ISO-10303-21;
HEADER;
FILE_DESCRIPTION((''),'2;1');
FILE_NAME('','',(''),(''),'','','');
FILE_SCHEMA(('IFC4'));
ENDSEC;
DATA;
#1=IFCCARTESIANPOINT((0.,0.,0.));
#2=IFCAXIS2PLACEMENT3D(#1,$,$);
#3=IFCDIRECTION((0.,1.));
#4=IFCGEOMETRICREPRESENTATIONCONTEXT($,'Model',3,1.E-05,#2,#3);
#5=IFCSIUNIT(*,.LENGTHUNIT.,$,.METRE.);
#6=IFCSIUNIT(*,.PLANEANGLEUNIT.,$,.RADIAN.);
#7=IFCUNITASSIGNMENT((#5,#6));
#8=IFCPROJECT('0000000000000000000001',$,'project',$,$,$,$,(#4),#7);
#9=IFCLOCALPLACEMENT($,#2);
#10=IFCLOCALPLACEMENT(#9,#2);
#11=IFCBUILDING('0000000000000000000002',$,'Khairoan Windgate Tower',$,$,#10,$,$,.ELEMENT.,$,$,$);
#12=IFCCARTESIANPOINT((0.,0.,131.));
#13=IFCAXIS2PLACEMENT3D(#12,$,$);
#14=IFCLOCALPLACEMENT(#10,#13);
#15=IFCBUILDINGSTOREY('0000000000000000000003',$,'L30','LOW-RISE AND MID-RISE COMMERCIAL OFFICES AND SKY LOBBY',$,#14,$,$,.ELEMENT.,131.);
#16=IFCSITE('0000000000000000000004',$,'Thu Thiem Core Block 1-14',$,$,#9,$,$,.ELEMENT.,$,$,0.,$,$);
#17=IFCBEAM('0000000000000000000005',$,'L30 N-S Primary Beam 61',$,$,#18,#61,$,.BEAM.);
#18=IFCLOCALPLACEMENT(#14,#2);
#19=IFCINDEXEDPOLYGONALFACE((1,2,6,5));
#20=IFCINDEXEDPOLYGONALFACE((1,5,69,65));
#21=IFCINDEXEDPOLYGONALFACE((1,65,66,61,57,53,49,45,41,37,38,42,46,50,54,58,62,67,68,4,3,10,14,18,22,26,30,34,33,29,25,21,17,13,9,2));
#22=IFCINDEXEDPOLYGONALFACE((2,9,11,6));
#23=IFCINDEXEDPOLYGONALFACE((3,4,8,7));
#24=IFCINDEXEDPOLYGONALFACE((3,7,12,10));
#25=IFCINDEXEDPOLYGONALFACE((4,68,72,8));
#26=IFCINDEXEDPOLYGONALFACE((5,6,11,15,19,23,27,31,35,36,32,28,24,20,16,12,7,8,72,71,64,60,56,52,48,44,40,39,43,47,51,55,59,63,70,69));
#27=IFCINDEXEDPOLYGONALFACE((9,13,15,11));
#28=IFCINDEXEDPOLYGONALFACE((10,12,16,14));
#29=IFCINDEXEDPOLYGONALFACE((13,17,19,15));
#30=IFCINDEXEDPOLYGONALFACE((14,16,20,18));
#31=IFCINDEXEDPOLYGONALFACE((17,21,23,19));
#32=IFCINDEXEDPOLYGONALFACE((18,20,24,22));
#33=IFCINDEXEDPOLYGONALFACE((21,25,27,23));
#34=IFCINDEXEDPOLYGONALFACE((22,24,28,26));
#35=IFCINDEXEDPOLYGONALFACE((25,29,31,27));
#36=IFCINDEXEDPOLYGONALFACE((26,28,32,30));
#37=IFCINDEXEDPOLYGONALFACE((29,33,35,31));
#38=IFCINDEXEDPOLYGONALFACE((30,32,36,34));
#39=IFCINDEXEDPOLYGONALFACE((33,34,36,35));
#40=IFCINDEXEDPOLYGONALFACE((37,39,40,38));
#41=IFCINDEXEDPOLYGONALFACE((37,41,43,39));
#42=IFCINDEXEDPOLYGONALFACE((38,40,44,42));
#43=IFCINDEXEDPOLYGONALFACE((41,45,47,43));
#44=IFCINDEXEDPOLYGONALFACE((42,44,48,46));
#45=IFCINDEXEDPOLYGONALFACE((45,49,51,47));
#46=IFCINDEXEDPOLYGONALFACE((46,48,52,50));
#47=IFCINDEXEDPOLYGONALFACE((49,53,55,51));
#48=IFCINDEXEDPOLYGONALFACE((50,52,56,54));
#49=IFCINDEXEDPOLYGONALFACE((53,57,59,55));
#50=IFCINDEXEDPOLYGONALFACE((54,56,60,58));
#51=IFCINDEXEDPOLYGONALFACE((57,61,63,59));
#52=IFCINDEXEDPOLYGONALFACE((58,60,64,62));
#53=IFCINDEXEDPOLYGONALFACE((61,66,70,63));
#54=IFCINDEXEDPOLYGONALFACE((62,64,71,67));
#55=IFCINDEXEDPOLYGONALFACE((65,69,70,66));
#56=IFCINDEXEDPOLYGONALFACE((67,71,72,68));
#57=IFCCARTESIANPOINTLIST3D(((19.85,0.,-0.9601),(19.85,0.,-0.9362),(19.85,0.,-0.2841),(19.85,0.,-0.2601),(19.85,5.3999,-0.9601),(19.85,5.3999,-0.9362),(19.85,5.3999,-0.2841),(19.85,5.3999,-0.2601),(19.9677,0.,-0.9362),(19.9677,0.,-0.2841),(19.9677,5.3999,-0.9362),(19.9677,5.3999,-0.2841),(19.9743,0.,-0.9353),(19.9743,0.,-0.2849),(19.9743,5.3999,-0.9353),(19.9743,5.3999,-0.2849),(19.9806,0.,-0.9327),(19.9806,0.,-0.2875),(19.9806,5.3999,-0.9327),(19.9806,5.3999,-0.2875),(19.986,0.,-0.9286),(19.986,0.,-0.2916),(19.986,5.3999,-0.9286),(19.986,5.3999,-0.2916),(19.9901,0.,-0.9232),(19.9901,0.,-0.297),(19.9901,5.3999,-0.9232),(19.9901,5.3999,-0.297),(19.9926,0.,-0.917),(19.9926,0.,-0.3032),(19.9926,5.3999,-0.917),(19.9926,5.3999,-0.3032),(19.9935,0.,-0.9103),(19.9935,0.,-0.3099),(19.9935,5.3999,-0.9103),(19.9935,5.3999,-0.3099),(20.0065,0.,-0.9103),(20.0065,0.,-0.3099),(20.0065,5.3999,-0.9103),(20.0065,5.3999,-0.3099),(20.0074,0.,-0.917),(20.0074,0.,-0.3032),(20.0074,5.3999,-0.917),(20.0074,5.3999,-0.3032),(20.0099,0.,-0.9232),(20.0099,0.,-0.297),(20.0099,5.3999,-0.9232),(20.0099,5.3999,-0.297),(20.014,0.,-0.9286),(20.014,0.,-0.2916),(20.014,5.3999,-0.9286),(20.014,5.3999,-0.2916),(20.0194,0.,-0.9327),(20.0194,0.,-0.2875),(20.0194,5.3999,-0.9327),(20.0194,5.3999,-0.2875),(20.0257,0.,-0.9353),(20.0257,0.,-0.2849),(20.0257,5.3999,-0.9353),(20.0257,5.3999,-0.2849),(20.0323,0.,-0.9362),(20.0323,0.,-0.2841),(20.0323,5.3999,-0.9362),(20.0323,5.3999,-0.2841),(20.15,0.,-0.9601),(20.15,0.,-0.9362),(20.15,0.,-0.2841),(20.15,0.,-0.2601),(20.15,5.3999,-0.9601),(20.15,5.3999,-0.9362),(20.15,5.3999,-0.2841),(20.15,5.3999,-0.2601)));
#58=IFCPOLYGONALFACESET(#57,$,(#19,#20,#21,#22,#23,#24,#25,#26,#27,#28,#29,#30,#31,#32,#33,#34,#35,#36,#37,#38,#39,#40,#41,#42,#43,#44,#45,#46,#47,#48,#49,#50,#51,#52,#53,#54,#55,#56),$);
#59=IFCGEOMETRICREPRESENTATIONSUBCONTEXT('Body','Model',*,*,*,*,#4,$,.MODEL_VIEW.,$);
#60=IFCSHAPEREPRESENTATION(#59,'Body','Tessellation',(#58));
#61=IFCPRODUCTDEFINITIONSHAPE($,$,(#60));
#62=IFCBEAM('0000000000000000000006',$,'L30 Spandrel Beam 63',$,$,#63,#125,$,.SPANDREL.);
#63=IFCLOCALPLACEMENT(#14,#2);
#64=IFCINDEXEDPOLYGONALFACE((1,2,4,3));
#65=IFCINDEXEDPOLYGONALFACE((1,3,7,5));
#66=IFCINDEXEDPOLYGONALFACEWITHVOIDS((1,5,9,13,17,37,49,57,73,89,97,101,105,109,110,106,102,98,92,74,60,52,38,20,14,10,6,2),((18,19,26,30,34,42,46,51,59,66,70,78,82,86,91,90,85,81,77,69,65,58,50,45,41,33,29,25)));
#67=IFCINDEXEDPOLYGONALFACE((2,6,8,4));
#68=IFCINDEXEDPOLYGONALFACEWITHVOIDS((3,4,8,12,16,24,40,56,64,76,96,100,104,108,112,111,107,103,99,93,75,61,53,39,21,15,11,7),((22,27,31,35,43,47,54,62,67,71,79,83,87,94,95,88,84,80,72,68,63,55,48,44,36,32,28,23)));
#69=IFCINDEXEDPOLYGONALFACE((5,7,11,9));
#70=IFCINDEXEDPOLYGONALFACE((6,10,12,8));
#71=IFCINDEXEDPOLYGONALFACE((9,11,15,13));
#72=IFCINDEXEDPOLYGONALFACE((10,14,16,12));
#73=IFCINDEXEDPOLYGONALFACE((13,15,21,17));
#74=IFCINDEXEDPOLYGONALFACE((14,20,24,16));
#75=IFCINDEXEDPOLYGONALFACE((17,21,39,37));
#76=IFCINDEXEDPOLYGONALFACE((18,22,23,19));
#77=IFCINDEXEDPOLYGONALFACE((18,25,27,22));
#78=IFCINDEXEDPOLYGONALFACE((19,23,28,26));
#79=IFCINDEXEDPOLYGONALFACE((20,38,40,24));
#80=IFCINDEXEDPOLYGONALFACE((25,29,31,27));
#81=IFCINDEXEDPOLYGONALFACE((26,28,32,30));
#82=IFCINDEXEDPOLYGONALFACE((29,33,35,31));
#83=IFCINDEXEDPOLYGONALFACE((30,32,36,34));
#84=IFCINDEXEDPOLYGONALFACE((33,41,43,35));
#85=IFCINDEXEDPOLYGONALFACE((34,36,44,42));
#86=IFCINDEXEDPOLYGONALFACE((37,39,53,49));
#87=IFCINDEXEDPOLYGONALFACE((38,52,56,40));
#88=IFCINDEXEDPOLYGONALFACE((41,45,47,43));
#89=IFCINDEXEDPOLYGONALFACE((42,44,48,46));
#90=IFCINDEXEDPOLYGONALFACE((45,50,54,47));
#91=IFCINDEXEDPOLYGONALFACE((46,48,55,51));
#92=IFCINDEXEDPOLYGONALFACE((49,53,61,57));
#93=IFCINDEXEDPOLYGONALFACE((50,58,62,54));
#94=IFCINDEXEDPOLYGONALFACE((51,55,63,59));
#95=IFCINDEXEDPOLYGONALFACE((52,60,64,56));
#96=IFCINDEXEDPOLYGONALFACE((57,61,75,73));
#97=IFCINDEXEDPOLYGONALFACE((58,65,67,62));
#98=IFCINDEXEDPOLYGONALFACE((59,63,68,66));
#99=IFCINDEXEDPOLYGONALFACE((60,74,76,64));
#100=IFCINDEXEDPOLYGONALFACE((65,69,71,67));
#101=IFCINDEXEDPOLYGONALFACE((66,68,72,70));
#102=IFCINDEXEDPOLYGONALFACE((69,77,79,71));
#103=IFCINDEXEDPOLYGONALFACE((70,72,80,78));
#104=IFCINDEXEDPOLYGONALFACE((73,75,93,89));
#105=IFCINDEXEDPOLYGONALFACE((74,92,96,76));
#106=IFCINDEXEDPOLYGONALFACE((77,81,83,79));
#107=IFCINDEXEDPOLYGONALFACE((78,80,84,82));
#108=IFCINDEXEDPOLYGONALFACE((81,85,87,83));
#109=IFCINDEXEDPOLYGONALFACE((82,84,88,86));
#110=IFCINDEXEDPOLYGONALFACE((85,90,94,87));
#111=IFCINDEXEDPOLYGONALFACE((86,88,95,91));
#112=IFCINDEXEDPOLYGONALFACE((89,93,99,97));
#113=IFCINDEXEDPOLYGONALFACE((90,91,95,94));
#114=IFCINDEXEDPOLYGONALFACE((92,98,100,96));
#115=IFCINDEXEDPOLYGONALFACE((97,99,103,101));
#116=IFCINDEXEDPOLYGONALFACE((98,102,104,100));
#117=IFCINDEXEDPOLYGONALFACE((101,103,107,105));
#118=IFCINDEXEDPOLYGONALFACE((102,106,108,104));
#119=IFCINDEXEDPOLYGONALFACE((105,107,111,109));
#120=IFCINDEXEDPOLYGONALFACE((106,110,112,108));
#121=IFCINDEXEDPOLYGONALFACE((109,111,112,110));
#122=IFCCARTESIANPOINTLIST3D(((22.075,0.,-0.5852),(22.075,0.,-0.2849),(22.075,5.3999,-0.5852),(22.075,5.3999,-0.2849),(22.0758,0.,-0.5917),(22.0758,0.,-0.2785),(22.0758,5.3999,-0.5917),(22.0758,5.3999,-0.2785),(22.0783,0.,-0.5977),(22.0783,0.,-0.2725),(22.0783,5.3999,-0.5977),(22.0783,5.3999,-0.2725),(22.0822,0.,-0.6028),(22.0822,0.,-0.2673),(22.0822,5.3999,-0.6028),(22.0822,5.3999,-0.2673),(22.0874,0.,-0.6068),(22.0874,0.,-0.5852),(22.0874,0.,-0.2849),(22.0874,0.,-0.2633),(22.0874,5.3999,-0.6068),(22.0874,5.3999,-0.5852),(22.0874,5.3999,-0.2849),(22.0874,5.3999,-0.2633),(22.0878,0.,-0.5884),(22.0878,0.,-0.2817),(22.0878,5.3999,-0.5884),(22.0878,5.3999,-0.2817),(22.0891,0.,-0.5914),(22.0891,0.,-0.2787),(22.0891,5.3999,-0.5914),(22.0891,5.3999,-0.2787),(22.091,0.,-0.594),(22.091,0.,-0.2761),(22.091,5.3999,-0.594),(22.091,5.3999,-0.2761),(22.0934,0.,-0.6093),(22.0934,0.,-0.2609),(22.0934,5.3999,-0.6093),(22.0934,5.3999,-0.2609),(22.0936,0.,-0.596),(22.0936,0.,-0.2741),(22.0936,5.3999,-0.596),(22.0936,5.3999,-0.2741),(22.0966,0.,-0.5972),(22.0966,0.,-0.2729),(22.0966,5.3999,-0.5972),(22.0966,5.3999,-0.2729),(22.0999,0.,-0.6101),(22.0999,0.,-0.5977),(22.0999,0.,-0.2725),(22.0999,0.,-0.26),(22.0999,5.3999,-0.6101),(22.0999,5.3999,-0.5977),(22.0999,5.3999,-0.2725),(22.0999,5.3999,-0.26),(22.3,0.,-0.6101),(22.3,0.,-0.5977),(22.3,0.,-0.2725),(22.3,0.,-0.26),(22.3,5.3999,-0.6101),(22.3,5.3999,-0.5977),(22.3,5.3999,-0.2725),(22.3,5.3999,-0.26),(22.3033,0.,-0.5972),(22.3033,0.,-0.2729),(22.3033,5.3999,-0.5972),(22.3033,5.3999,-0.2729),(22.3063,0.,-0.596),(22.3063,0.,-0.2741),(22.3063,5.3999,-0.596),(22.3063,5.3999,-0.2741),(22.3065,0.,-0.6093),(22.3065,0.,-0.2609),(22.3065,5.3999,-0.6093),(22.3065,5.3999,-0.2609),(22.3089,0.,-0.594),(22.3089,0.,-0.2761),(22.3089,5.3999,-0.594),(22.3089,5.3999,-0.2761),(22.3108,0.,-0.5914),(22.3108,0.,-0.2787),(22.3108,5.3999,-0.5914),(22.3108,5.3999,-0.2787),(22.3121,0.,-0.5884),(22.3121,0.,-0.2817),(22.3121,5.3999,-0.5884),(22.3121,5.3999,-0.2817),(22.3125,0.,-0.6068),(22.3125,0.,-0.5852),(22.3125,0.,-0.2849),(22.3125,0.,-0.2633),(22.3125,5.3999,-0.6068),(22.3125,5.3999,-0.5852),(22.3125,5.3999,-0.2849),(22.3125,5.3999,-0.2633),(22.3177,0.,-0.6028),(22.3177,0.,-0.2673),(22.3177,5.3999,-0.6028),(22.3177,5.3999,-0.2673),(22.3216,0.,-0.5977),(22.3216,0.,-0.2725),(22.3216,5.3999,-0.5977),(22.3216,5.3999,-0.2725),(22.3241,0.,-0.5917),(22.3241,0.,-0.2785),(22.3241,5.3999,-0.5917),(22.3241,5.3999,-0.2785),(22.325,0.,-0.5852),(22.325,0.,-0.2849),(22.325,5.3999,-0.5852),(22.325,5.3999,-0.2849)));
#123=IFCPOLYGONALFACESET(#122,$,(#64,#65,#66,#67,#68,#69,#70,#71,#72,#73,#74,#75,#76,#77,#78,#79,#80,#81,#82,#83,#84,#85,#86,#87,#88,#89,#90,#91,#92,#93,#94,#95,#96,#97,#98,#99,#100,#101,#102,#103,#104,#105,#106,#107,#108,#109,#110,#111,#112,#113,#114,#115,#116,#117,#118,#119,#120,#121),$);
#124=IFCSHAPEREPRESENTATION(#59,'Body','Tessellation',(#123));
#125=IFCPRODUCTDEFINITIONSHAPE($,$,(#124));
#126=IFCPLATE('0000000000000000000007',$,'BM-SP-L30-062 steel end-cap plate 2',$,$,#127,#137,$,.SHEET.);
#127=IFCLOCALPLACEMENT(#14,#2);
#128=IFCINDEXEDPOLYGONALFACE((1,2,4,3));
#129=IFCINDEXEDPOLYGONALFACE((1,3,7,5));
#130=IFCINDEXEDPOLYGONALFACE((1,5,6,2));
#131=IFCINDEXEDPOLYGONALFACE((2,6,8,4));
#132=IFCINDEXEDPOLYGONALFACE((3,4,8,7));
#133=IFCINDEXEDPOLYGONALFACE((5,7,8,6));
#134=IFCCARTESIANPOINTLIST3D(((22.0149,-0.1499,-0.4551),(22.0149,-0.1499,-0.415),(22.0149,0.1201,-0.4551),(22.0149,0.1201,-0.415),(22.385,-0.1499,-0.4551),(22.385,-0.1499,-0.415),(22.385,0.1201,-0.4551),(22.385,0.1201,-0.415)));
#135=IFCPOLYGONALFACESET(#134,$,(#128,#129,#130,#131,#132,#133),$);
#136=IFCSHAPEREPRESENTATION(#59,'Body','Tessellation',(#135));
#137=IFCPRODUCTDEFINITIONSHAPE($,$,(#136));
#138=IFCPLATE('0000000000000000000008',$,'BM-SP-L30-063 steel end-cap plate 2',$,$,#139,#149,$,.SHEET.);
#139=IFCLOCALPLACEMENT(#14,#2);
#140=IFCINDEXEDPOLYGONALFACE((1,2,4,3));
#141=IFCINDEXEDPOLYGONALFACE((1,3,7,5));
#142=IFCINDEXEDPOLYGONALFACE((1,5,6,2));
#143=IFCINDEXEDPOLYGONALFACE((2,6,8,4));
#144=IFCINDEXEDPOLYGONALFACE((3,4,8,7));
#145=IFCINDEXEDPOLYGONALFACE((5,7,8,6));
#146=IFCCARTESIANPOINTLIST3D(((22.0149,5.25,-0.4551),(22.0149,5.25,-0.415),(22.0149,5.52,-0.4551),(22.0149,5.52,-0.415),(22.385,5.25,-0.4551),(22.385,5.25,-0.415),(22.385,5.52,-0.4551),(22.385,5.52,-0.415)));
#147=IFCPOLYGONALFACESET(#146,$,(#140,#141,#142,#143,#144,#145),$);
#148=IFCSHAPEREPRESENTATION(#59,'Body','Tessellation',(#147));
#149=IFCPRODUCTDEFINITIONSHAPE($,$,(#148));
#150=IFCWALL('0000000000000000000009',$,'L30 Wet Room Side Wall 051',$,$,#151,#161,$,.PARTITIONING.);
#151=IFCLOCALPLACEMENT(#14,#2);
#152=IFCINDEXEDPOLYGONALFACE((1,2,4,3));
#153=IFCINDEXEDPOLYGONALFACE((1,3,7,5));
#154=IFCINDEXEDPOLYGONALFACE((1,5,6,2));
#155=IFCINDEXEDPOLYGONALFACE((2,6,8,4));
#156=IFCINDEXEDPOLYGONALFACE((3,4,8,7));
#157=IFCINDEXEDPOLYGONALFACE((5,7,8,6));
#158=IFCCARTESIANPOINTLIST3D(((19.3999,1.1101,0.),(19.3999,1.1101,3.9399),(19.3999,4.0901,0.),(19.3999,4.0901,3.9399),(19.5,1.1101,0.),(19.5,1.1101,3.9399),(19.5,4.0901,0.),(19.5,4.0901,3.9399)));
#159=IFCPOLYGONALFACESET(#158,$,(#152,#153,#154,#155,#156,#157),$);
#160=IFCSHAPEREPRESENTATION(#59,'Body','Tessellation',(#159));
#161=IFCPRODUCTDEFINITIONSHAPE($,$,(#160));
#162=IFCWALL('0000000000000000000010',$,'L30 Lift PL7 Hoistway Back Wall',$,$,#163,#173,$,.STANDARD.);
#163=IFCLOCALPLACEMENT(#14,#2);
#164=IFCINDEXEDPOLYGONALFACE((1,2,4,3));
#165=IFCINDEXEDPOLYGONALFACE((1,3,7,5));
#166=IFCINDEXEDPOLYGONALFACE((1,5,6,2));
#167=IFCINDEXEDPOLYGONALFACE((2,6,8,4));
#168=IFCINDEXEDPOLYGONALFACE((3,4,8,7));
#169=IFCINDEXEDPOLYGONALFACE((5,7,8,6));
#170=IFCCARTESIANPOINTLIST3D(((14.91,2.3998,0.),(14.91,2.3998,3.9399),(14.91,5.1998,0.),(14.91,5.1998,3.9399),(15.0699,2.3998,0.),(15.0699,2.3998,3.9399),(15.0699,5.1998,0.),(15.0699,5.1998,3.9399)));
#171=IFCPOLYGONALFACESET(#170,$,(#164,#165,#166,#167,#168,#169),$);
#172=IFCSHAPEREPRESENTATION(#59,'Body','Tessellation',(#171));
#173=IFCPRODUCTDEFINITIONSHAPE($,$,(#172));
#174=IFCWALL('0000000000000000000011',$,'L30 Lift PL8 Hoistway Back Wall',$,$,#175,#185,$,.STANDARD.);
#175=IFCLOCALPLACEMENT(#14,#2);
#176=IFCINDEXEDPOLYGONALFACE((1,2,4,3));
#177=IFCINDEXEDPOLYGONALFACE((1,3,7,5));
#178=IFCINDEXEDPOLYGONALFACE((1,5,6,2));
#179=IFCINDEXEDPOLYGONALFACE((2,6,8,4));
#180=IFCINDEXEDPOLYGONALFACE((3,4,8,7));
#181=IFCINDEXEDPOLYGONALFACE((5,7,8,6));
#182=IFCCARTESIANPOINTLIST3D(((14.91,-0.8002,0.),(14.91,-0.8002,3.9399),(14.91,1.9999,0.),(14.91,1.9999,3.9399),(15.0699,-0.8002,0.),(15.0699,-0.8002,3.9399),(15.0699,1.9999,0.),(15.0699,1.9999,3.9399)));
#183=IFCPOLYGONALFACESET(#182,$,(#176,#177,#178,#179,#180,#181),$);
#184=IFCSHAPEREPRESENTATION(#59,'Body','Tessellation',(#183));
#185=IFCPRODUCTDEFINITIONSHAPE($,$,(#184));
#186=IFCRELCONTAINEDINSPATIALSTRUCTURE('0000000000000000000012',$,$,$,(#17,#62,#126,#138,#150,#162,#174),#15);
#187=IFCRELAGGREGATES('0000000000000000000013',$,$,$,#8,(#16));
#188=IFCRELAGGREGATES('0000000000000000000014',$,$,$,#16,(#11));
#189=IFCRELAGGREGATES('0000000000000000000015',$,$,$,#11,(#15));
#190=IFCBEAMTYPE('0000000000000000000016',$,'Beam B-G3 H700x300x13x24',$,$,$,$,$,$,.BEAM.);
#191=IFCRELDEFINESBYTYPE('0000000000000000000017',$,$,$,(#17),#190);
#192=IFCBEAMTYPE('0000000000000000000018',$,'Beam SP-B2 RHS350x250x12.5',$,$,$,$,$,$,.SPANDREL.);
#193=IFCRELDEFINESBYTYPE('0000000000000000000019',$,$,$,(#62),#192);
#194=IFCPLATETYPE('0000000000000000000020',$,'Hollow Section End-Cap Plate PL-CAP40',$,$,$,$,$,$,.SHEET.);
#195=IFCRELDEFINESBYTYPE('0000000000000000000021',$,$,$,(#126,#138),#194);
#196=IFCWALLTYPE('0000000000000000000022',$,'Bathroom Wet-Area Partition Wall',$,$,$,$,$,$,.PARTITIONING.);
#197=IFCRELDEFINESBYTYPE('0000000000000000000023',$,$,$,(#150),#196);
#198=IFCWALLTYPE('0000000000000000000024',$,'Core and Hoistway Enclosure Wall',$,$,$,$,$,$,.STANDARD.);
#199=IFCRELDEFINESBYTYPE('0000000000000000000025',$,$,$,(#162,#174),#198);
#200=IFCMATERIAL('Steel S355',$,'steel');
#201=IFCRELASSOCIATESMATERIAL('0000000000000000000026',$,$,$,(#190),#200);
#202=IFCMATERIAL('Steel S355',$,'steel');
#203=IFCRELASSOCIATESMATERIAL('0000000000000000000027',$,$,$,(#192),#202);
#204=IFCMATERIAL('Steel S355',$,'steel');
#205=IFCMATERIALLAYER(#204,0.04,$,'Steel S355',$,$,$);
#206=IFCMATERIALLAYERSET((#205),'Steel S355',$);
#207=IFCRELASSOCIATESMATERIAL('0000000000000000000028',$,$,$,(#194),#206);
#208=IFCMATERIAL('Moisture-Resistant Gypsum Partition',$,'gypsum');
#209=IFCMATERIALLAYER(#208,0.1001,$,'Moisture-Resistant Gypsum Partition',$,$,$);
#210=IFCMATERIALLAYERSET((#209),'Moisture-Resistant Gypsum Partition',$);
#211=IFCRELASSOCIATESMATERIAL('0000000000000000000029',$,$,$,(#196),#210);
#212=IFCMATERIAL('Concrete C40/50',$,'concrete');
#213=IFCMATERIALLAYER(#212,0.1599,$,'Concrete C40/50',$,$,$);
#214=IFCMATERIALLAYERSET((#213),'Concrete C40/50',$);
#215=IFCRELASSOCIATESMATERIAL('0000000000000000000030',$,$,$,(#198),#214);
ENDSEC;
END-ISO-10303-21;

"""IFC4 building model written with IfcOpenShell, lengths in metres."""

from ifc_helpers import new_model, si_unit, direction, frame, frame_2d, origin, origin_2d, place, context, subcontext, project, spatial, rectangle, hollow_rectangle, i_section, extrude, material, layer, layer_set, material_profile, profile_set, type_object, element, save


model = new_model("IFC4")

# Units and contexts
model_context = context("Model", 3, precision=1e-05, world=origin(), true_north=direction((0.0, 1.0)))
body_context = subcontext(model_context, "Body", "Model", "MODEL_VIEW")
ifc_project = project(units=[si_unit("LENGTHUNIT", "METRE"), si_unit("PLANEANGLEUNIT", "RADIAN")], contexts=[model_context])

# Site, building, storey
site_placement = place(None, origin())
site = spatial("IfcSite", under=ifc_project, at=site_placement, Name="Thu Thiem Core Block 1-14", CompositionType="ELEMENT", RefElevation=0.0)
building_placement = place(site_placement, origin())
building = spatial("IfcBuilding", under=site, at=building_placement, Name="Khairoan Windgate Tower", CompositionType="ELEMENT")
storey_placement = place(building_placement, frame((0.0, 0.0, 131.0)))
storey = spatial("IfcBuildingStorey", under=building, at=storey_placement, Name="L30", Description="LOW-RISE AND MID-RISE COMMERCIAL OFFICES AND SKY LOBBY", CompositionType="ELEMENT", Elevation=131.0)

# Beams
ifc_material_1 = material(Name="Steel S355", Category="steel")
ifc_material_profile_1 = material_profile(ifc_material_1, i_section(OverallWidth=0.3, OverallDepth=0.7, WebThickness=0.0129, FlangeThickness=0.0239, FilletRadius=0.0259, at=origin_2d()))
ifc_profile_set_1 = profile_set([ifc_material_profile_1], Name="Steel S355")
beam_type_1 = type_object("IfcBeamType", Name="Beam B-G3 H700x300x13x24", PredefinedType="BEAM", material=ifc_profile_set_1)
beam_1_placement = place(storey_placement, frame((20.0, 0.0, -0.6101), z_axis=(0.0, 1.0, 0.0), x_axis=(-1.0, 0.0, 0.0)))
element("IfcBeam", 1, at=beam_1_placement, inside=storey, type_object=beam_type_1, Name="L30 N-S Primary Beam 61", PredefinedType="BEAM", context=body_context, shape_type="SweptSolid", body=[
    extrude(i_section(OverallWidth=0.3, OverallDepth=0.7, WebThickness=0.0129, FlangeThickness=0.0239, FilletRadius=0.0259, at=origin_2d()), origin(), (0.0, 0.0, 1.0), 5.3999),
])
ifc_material_2 = material(Name="Steel S355", Category="steel")
ifc_material_profile_2 = material_profile(ifc_material_2, hollow_rectangle(XDim=0.25, YDim=0.3501, WallThickness=0.0125, InnerFilletRadius=0.0125, OuterFilletRadius=0.0249, at=origin_2d()))
ifc_profile_set_2 = profile_set([ifc_material_profile_2], Name="Steel S355")
beam_type_2 = type_object("IfcBeamType", Name="Beam SP-B2 RHS350x250x12.5", PredefinedType="SPANDREL", material=ifc_profile_set_2)
beam_2_placement = place(storey_placement, frame((22.2, 0.0, -0.4351), z_axis=(0.0, 1.0, 0.0), x_axis=(-1.0, 0.0, 0.0)))
element("IfcBeam", 2, at=beam_2_placement, inside=storey, type_object=beam_type_2, Name="L30 Spandrel Beam 63", PredefinedType="SPANDREL", context=body_context, shape_type="SweptSolid", body=[
    extrude(hollow_rectangle(XDim=0.25, YDim=0.3501, WallThickness=0.0125, InnerFilletRadius=0.0125, OuterFilletRadius=0.0249, at=origin_2d()), origin(), (0.0, 0.0, 1.0), 5.3999),
])

# Plates
ifc_material_3 = material(Name="Steel S355", Category="steel")
ifc_layer_1 = layer(ifc_material_3, 0.04, Name="Steel S355")
ifc_layer_set_1 = layer_set([ifc_layer_1], Name="Steel S355")
plate_type = type_object("IfcPlateType", Name="Hollow Section End-Cap Plate PL-CAP40", PredefinedType="SHEET", material=ifc_layer_set_1)
for number, where, z_axis, x_axis, name in (
    (3, (22.2, -0.0149, -0.4551), (0.0, 0.0, 1.0), (0.0, 1.0, 0.0), "BM-SP-L30-062 steel end-cap plate 2"),
    (4, (22.2, 5.385, -0.4551), (0.0, 0.0, 1.0), (0.0, 1.0, 0.0), "BM-SP-L30-063 steel end-cap plate 2"),
):
    element("IfcPlate", number, at=place(storey_placement, frame(where, z_axis=z_axis, x_axis=x_axis)), inside=storey, type_object=plate_type, Name=name, PredefinedType="SHEET", context=body_context, shape_type="SweptSolid", body=[
        extrude(rectangle(XDim=0.27, YDim=0.3701, at=origin_2d()), origin(), (0.0, 0.0, 1.0), 0.04),
    ])

# Walls
ifc_material_4 = material(Name="Moisture-Resistant Gypsum Partition", Category="gypsum")
ifc_layer_2 = layer(ifc_material_4, 0.1001, Name="Moisture-Resistant Gypsum Partition")
ifc_layer_set_2 = layer_set([ifc_layer_2], Name="Moisture-Resistant Gypsum Partition")
wall_type_1 = type_object("IfcWallType", Name="Bathroom Wet-Area Partition Wall", PredefinedType="PARTITIONING", material=ifc_layer_set_2)
wall_1_placement = place(storey_placement, frame((19.45, 4.0901, 0.0), z_axis=(0.0, 0.0, 1.0), x_axis=(0.0, -1.0, 0.0)))
element("IfcWall", 5, at=wall_1_placement, inside=storey, type_object=wall_type_1, Name="L30 Wet Room Side Wall 051", PredefinedType="PARTITIONING", context=body_context, shape_type="SweptSolid", body=[
    extrude(rectangle(XDim=2.98, YDim=0.1001, at=frame_2d((1.49, 0.0))), origin(), (0.0, 0.0, 1.0), 3.9399),
])
ifc_material_5 = material(Name="Concrete C40/50", Category="concrete")
ifc_layer_3 = layer(ifc_material_5, 0.1599, Name="Concrete C40/50")
ifc_layer_set_3 = layer_set([ifc_layer_3], Name="Concrete C40/50")
wall_type_2 = type_object("IfcWallType", Name="Core and Hoistway Enclosure Wall", PredefinedType="STANDARD", material=ifc_layer_set_3)
for number, where, z_axis, x_axis, name in (
    (6, (14.99, 2.3999, 0.0), (0.0, 0.0, 1.0), (0.0, 1.0, 0.0), "L30 Lift PL7 Hoistway Back Wall"),
    (7, (14.99, -0.8, 0.0), (0.0, 0.0, 1.0), (0.0, 1.0, 0.0), "L30 Lift PL8 Hoistway Back Wall"),
):
    element("IfcWall", number, at=place(storey_placement, frame(where, z_axis=z_axis, x_axis=x_axis)), inside=storey, type_object=wall_type_2, Name=name, PredefinedType="STANDARD", context=body_context, shape_type="SweptSolid", body=[
        extrude(rectangle(XDim=2.8, YDim=0.1599, at=frame_2d((1.3999, 0.0))), origin(), (0.0, 0.0, 1.0), 3.9399),
    ])

save(model, "model.ifc")
